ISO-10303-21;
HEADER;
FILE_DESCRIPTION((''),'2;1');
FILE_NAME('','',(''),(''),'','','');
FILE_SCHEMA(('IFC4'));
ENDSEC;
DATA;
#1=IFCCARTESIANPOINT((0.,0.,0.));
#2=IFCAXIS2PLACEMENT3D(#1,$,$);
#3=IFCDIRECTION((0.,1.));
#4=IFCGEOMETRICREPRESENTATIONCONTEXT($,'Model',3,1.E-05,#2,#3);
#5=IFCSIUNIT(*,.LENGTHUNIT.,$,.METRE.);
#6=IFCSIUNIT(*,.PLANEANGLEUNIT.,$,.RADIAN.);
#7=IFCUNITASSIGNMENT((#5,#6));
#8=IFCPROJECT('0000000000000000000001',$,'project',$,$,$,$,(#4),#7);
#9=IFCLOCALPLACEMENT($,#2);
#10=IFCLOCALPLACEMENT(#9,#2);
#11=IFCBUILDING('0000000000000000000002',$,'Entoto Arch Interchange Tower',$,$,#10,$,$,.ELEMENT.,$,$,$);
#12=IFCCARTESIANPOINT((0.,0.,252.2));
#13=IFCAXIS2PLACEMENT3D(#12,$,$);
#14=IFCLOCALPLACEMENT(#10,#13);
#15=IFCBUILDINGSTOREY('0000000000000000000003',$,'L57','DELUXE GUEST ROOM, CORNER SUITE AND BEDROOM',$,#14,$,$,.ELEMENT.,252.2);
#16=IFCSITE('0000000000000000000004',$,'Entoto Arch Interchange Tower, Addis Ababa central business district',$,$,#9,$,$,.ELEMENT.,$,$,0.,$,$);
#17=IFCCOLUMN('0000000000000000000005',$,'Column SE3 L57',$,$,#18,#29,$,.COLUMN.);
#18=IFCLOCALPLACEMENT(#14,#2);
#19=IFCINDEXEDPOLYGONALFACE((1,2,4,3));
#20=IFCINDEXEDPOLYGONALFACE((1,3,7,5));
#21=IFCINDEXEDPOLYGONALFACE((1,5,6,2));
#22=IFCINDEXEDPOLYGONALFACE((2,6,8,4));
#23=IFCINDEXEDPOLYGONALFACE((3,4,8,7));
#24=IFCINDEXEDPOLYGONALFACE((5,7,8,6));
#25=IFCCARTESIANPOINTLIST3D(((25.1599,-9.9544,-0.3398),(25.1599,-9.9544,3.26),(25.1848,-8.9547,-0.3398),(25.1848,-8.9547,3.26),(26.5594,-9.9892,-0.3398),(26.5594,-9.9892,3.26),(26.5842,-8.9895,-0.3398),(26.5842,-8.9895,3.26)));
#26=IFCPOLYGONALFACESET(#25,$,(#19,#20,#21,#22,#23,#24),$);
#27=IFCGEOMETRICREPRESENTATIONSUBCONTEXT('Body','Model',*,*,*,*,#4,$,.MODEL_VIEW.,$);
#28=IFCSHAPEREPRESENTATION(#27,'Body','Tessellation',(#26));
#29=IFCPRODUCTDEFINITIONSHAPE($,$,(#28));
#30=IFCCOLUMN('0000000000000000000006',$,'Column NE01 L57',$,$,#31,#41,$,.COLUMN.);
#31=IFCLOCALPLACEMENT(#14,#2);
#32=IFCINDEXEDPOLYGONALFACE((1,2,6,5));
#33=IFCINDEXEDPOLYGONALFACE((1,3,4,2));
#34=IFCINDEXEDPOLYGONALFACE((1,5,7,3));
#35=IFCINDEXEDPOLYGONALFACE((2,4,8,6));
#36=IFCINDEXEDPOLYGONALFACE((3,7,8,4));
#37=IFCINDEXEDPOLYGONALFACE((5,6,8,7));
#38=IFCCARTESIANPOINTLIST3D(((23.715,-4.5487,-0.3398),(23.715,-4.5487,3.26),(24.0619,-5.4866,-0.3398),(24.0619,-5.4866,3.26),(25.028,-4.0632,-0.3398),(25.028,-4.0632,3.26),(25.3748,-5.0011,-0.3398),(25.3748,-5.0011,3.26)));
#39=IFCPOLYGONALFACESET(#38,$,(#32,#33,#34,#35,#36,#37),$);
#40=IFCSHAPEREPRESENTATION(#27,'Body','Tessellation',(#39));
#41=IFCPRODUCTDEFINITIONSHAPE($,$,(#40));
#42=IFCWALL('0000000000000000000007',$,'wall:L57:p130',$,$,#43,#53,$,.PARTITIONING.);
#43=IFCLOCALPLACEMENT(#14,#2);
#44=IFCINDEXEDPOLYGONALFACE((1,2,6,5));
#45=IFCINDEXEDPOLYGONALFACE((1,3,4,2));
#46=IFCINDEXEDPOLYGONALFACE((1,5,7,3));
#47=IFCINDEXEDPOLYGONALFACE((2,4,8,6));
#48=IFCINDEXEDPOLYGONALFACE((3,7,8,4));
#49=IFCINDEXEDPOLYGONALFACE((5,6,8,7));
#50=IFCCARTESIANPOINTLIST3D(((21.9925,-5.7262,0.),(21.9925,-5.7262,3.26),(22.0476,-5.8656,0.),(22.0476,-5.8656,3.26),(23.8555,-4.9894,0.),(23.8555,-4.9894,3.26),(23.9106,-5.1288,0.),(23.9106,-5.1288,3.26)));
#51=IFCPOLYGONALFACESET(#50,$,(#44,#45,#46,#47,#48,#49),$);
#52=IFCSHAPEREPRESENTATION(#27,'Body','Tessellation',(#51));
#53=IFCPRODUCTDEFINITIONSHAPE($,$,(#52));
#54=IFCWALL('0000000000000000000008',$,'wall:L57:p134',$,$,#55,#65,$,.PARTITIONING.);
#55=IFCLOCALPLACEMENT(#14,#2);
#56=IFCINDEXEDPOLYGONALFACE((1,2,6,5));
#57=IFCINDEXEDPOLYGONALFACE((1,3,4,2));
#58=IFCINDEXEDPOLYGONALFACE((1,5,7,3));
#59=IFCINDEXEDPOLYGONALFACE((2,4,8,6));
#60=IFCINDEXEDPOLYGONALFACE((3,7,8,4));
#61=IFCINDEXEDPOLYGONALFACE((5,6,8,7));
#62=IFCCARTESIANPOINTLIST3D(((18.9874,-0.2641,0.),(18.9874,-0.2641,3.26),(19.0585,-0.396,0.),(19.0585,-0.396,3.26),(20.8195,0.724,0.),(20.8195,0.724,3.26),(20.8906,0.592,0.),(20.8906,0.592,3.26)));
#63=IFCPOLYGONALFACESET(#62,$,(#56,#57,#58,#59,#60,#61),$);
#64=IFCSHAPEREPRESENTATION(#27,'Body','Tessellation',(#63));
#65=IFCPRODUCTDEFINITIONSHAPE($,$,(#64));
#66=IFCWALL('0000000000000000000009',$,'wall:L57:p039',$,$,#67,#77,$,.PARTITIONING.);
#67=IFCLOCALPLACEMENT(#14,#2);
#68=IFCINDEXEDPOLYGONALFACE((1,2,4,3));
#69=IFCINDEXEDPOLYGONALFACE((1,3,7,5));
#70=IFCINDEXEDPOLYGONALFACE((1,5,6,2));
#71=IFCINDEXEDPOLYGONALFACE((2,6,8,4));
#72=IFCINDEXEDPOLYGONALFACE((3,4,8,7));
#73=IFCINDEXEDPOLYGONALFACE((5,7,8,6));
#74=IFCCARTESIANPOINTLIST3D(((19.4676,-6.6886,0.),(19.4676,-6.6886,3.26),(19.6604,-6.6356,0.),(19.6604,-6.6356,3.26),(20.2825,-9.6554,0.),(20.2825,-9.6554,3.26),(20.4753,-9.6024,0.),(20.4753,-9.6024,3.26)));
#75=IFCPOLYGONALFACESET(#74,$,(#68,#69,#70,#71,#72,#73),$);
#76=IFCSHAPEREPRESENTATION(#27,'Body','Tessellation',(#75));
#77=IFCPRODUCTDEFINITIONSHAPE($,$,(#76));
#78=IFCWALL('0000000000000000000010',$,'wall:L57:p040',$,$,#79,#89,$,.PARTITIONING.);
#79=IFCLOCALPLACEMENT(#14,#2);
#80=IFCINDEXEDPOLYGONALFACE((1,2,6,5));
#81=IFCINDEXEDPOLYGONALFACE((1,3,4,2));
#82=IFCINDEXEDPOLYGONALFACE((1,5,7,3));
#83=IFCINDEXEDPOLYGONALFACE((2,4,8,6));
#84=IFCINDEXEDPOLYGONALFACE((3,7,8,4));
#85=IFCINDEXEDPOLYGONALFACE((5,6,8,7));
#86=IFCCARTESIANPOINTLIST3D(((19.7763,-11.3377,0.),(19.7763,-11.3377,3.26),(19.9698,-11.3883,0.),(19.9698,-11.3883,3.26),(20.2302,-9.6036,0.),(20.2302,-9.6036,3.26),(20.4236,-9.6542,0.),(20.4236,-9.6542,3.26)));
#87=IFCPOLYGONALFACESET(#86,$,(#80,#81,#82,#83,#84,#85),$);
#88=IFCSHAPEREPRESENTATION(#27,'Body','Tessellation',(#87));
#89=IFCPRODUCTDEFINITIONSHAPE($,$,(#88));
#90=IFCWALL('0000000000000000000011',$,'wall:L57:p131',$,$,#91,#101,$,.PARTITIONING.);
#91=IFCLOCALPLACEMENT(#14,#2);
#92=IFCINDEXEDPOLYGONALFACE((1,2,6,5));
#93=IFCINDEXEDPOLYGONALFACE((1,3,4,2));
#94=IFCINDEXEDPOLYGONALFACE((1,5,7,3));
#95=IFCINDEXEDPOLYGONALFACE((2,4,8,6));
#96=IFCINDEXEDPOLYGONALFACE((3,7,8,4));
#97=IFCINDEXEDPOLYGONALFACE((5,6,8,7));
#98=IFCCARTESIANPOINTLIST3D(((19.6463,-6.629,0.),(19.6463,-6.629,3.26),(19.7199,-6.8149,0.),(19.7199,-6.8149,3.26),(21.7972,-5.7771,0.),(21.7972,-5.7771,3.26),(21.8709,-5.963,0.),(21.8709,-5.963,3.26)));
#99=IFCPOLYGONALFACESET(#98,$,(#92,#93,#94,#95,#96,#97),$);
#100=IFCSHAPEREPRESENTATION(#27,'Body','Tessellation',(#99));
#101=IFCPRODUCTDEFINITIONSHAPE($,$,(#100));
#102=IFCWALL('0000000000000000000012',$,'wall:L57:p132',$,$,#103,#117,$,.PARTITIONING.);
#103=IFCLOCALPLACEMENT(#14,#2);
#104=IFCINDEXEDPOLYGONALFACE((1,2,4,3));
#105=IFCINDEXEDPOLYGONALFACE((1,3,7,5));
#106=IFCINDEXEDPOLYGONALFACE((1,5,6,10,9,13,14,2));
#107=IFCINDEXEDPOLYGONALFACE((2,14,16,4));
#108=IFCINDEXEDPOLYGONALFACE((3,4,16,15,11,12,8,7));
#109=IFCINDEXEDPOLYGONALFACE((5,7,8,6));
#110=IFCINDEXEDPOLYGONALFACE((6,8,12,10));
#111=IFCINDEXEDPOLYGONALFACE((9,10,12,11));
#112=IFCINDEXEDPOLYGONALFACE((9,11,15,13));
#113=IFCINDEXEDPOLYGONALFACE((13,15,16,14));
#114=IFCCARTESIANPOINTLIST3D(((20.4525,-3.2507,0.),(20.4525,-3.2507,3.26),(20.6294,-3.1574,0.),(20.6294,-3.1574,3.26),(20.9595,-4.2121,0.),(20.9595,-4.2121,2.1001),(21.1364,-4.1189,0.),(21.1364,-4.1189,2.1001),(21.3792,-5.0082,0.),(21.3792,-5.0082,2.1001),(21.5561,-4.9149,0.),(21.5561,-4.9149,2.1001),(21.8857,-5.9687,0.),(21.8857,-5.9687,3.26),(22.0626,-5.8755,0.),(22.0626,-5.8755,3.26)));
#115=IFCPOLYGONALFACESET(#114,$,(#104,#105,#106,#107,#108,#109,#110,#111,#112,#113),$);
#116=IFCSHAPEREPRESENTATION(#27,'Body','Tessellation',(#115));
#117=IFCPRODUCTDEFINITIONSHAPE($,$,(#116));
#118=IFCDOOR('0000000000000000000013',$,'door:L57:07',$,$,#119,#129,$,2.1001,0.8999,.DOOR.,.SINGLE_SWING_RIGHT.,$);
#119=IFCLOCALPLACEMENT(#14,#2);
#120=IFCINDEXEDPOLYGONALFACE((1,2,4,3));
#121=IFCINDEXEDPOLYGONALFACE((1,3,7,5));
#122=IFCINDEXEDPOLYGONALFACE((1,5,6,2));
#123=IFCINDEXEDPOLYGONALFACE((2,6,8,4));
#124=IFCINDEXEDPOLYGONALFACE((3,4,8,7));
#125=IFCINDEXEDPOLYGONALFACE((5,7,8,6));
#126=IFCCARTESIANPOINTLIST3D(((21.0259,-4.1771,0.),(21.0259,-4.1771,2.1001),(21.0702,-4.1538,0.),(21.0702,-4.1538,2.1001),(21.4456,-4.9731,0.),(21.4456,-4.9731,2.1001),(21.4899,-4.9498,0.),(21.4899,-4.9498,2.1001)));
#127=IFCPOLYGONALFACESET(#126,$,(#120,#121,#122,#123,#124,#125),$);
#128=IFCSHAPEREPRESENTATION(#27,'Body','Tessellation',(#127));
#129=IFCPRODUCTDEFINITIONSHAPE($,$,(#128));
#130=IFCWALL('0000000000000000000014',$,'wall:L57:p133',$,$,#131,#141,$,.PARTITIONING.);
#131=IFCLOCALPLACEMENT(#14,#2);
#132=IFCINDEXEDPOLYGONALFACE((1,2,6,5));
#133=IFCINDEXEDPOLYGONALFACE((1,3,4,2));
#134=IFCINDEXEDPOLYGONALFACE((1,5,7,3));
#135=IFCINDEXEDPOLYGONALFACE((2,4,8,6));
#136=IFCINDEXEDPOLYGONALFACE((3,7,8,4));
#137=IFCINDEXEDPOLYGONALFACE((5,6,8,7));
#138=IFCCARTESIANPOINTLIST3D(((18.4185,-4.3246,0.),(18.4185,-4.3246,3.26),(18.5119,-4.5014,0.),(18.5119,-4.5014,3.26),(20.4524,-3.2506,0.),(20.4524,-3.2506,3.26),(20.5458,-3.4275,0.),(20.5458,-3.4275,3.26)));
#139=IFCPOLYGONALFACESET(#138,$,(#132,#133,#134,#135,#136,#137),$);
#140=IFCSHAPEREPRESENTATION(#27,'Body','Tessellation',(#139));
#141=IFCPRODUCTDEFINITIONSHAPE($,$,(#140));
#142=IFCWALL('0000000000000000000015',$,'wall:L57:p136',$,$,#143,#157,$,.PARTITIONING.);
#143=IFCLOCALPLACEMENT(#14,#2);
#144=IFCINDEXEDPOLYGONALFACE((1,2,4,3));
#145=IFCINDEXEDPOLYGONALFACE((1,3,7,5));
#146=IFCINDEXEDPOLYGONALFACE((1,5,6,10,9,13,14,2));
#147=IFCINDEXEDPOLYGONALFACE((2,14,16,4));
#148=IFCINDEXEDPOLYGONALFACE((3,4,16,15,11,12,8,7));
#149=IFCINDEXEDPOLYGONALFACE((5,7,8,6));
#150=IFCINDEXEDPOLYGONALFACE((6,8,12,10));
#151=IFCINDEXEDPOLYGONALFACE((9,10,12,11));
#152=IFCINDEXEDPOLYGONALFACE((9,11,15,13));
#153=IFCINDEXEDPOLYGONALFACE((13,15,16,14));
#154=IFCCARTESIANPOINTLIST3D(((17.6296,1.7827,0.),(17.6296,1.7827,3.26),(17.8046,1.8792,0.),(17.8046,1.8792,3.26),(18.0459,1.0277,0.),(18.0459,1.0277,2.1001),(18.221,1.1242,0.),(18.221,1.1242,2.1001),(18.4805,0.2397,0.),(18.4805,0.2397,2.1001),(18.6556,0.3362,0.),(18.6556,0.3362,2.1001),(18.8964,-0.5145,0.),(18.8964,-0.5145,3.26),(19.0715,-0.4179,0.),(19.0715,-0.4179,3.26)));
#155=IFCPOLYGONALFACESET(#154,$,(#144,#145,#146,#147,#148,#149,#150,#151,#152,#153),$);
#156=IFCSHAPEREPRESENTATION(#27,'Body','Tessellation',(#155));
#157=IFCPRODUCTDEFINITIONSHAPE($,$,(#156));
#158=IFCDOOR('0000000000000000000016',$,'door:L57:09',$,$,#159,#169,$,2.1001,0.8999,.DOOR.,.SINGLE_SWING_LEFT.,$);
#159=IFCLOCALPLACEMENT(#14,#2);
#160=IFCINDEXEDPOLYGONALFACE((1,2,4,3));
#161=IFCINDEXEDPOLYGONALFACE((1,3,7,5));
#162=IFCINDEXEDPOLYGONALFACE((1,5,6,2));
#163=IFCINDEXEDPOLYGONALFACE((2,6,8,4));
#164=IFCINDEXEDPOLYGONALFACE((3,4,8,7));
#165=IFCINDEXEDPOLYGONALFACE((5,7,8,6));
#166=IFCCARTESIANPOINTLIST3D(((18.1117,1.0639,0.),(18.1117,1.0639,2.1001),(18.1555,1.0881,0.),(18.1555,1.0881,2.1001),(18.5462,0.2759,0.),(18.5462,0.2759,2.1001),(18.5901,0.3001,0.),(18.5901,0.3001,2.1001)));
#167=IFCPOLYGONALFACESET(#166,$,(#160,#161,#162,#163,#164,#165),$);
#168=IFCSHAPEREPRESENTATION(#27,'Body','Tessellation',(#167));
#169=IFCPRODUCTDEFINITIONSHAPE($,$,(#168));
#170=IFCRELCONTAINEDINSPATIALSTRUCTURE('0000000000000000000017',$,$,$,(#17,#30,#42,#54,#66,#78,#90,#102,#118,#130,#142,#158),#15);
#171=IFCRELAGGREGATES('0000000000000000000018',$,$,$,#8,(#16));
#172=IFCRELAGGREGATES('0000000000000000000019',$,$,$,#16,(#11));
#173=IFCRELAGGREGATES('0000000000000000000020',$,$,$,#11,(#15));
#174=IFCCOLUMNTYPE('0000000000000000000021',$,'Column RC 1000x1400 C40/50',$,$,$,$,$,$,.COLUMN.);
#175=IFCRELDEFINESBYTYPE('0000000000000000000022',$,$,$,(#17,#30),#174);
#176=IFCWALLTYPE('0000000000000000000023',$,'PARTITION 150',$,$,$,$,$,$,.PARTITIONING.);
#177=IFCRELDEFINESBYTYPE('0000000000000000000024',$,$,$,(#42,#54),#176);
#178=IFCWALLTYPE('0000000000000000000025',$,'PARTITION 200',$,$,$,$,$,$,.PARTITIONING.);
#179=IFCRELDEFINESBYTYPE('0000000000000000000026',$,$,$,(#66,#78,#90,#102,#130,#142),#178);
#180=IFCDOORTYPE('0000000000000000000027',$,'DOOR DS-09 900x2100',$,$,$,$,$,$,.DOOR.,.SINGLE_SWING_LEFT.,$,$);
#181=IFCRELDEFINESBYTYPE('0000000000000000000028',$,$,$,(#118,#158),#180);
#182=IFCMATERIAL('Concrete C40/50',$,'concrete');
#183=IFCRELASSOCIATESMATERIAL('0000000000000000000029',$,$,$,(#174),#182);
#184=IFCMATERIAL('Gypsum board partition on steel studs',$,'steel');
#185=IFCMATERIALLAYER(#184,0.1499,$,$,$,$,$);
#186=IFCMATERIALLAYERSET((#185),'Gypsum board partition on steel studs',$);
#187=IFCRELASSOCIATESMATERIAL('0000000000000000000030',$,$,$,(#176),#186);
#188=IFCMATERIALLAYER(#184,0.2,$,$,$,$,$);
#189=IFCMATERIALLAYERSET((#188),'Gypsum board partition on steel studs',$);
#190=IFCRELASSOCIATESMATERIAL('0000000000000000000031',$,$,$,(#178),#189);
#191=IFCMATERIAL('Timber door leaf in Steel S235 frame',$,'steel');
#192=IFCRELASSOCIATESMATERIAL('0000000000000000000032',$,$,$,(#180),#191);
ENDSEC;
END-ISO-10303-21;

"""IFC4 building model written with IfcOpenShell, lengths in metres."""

from ifc_helpers import new_model, si_unit, direction, frame, frame_2d, origin, origin_2d, place, context, subcontext, project, spatial, rectangle, extrude, material, layer, layer_set, material_profile, profile_set, type_object, element, fill, save


model = new_model("IFC4")

# Units and contexts
model_context = context("Model", 3, precision=1e-05, world=origin(), true_north=direction((0.0, 1.0)))
body_context = subcontext(model_context, "Body", "Model", "MODEL_VIEW")
ifc_project = project(units=[si_unit("LENGTHUNIT", "METRE"), si_unit("PLANEANGLEUNIT", "RADIAN")], contexts=[model_context])

# Site, building, storey
site_placement = place(None, origin())
site = spatial("IfcSite", under=ifc_project, at=site_placement, Name="Entoto Arch Interchange Tower, Addis Ababa central business district", CompositionType="ELEMENT", RefElevation=0.0)
building_placement = place(site_placement, origin())
building = spatial("IfcBuilding", under=site, at=building_placement, Name="Entoto Arch Interchange Tower", CompositionType="ELEMENT")
storey_placement = place(building_placement, frame((0.0, 0.0, 252.2)))
storey = spatial("IfcBuildingStorey", under=building, at=storey_placement, Name="L57", Description="DELUXE GUEST ROOM, CORNER SUITE AND BEDROOM", CompositionType="ELEMENT", Elevation=252.2)

# Columns
ifc_material_1 = material(Name="Concrete C40/50", Category="concrete")
ifc_material_profile = material_profile(ifc_material_1, rectangle(XDim=1.0, YDim=1.3999, at=origin_2d()))
ifc_profile_set = profile_set([ifc_material_profile], Name="Concrete C40/50")
column_type = type_object("IfcColumnType", Name="Column RC 1000x1400 C40/50", PredefinedType="COLUMN", material=ifc_profile_set)
for number, where, z_axis, x_axis, name in (
    (1, (25.8721, -9.4719, -0.3398), (0.0, 0.0, 1.0), (0.024833, 0.999692, 0.0), "Column SE3 L57"),
    (2, (24.5449, -4.7749, -0.3398), (0.0, 0.0, 1.0), (-0.346854, 0.937919, 0.0), "Column NE01 L57"),
):
    element("IfcColumn", number, at=place(storey_placement, frame(where, z_axis=z_axis, x_axis=x_axis)), inside=storey, type_object=column_type, Name=name, PredefinedType="COLUMN", context=body_context, shape_type="SweptSolid", body=[
        extrude(rectangle(XDim=1.0, YDim=1.3999, at=origin_2d()), origin(), (0.0, 0.0, 1.0), 3.5999),
    ])

# Walls
ifc_material_2 = material(Name="Gypsum board partition on steel studs", Category="steel")
ifc_layer_1 = layer(ifc_material_2, 0.1499)
ifc_layer_set_1 = layer_set([ifc_layer_1], Name="Gypsum board partition on steel studs")
wall_type_1 = type_object("IfcWallType", Name="PARTITION 150", PredefinedType="PARTITIONING", material=ifc_layer_set_1)
wall_1_placement = place(storey_placement, frame((22.02, -5.7959, 0.0), z_axis=(0.0, 0.0, 1.0), x_axis=(0.929915, 0.367774, 0.0)))
element("IfcWall", 3, at=wall_1_placement, inside=storey, type_object=wall_type_1, Name="wall:L57:p130", PredefinedType="PARTITIONING", context=body_context, shape_type="SweptSolid", body=[
    extrude(rectangle(XDim=2.0034, YDim=0.1499, at=frame_2d((1.0017, 0.0))), origin(), (0.0, 0.0, 1.0), 3.26),
])
wall_2_placement = place(storey_placement, frame((19.0229, -0.3301, 0.0), z_axis=(0.0, 0.0, 1.0), x_axis=(0.880158, 0.47468, 0.0)))
element("IfcWall", 4, at=wall_2_placement, inside=storey, type_object=wall_type_1, Name="wall:L57:p134", PredefinedType="PARTITIONING", context=body_context, shape_type="SweptSolid", body=[
    extrude(rectangle(XDim=2.0815, YDim=0.1499, at=frame_2d((1.0408, 0.0))), origin(), (0.0, 0.0, 1.0), 3.26),
])
ifc_layer_2 = layer(ifc_material_2, 0.2)
ifc_layer_set_2 = layer_set([ifc_layer_2], Name="Gypsum board partition on steel studs")
wall_type_2 = type_object("IfcWallType", Name="PARTITION 200", PredefinedType="PARTITIONING", material=ifc_layer_set_2)
wall_3_placement = place(storey_placement, frame((19.564, -6.6621, 0.0), z_axis=(0.0, 0.0, 1.0), x_axis=(0.264876, -0.964282, 0.0)))
element("IfcWall", 5, at=wall_3_placement, inside=storey, type_object=wall_type_2, Name="wall:L57:p039", PredefinedType="PARTITIONING", context=body_context, shape_type="SweptSolid", body=[
    extrude(rectangle(XDim=3.0767, YDim=0.2, at=frame_2d((1.5383, 0.0))), origin(), (0.0, 0.0, 1.0), 3.26),
])
wall_4_placement = place(storey_placement, frame((20.3269, -9.6289, 0.0), z_axis=(0.0, 0.0, 1.0), x_axis=(-0.253192, -0.967416, 0.0)))
element("IfcWall", 6, at=wall_4_placement, inside=storey, type_object=wall_type_2, Name="wall:L57:p040", PredefinedType="PARTITIONING", context=body_context, shape_type="SweptSolid", body=[
    extrude(rectangle(XDim=1.7925, YDim=0.2, at=frame_2d((0.8962, 0.0))), origin(), (0.0, 0.0, 1.0), 3.26),
])
wall_5_placement = place(storey_placement, frame((19.6831, -6.7219, 0.0), z_axis=(0.0, 0.0, 1.0), x_axis=(0.929745, 0.368204, 0.0)))
element("IfcWall", 7, at=wall_5_placement, inside=storey, type_object=wall_type_2, Name="wall:L57:p131", PredefinedType="PARTITIONING", context=body_context, shape_type="SweptSolid", body=[
    extrude(rectangle(XDim=2.3135, YDim=0.2, at=frame_2d((1.1567, 0.0))), origin(), (0.0, 0.0, 1.0), 3.26),
])

# Wall, opening, door
wall_6_placement = place(storey_placement, frame((21.9741, -5.9221, 0.0), z_axis=(0.0, 0.0, 1.0), x_axis=(-0.466401, 0.884573, 0.0)))
wall_6 = element("IfcWall", 8, at=wall_6_placement, inside=storey, type_object=wall_type_2, Name="wall:L57:p132", PredefinedType="PARTITIONING", context=body_context, shape_type="SweptSolid", body=[
    extrude(rectangle(XDim=3.0728, YDim=0.2, at=frame_2d((1.5364, 0.0))), origin(), (0.0, 0.0, 1.0), 3.26),
])
opening_1_placement = place(wall_6_placement, frame((1.0859, 0.0, 0.0)))
opening_1 = element("IfcOpeningElement", 9, at=opening_1_placement, cuts=wall_6, PredefinedType="OPENING", context=body_context, shape_type="SweptSolid", body=[
    extrude(rectangle(XDim=0.8999, YDim=2.1001, at=frame_2d((0.45, 1.05))), frame((0.0, 0.1099, 0.0), z_axis=(0.0, -1.0, 0.0), x_axis=(1.0, 0.0, 0.0)), (0.0, 0.0, 1.0), 0.22),
])
ifc_material_3 = material(Name="Timber door leaf in Steel S235 frame", Category="steel")
door_type = type_object("IfcDoorType", Name="DOOR DS-09 900x2100", OperationType="SINGLE_SWING_LEFT", PredefinedType="DOOR", material=ifc_material_3)
door_1_placement = place(opening_1_placement, origin())
door_1 = element("IfcDoor", 10, at=door_1_placement, inside=storey, type_object=door_type, Name="door:L57:07", OperationType="SINGLE_SWING_RIGHT", OverallHeight=2.1001, OverallWidth=0.8999, PredefinedType="DOOR", context=body_context, shape_type="SweptSolid", body=[
    extrude(rectangle(XDim=0.8999, YDim=2.1001, at=frame_2d((0.45, 1.05))), frame((0.0, 0.0249, 0.0), z_axis=(0.0, -1.0, 0.0), x_axis=(1.0, 0.0, 0.0)), (0.0, 0.0, 1.0), 0.05),
])
fill(opening_1, door_1)

# Wall
wall_7_placement = place(storey_placement, frame((20.499, -3.3391, 0.0), z_axis=(0.0, 0.0, 1.0), x_axis=(-0.884293, -0.466932, 0.0)))
element("IfcWall", 11, at=wall_7_placement, inside=storey, type_object=wall_type_2, Name="wall:L57:p133", PredefinedType="PARTITIONING", context=body_context, shape_type="SweptSolid", body=[
    extrude(rectangle(XDim=2.3, YDim=0.2, at=frame_2d((1.1499, 0.0))), origin(), (0.0, 0.0, 1.0), 3.26),
])

# Wall, opening, door
wall_8_placement = place(storey_placement, frame((18.9839, -0.4661, 0.0), z_axis=(0.0, 0.0, 1.0), x_axis=(-0.482922, 0.875663, 0.0)))
wall_8 = element("IfcWall", 12, at=wall_8_placement, inside=storey, type_object=wall_type_2, Name="wall:L57:p136", PredefinedType="PARTITIONING", context=body_context, shape_type="SweptSolid", body=[
    extrude(rectangle(XDim=2.6233, YDim=0.2, at=frame_2d((1.3115, 0.0))), origin(), (0.0, 0.0, 1.0), 3.26),
])
opening_2_placement = place(wall_8_placement, frame((0.8611, 0.0, 0.0)))
opening_2 = element("IfcOpeningElement", 13, at=opening_2_placement, cuts=wall_8, PredefinedType="OPENING", context=body_context, shape_type="SweptSolid", body=[
    extrude(rectangle(XDim=0.8999, YDim=2.1001, at=frame_2d((0.45, 1.05))), frame((0.0, 0.1099, 0.0), z_axis=(0.0, -1.0, 0.0), x_axis=(1.0, 0.0, 0.0)), (0.0, 0.0, 1.0), 0.22),
])
door_2_placement = place(opening_2_placement, origin())
door_2 = element("IfcDoor", 14, at=door_2_placement, inside=storey, type_object=door_type, Name="door:L57:09", OperationType="SINGLE_SWING_LEFT", OverallHeight=2.1001, OverallWidth=0.8999, PredefinedType="DOOR", context=body_context, shape_type="SweptSolid", body=[
    extrude(rectangle(XDim=0.8999, YDim=2.1001, at=frame_2d((0.45, 1.05))), frame((0.0, 0.0249, 0.0), z_axis=(0.0, -1.0, 0.0), x_axis=(1.0, 0.0, 0.0)), (0.0, 0.0, 1.0), 0.05),
])
fill(opening_2, door_2)

save(model, "model.ifc")
